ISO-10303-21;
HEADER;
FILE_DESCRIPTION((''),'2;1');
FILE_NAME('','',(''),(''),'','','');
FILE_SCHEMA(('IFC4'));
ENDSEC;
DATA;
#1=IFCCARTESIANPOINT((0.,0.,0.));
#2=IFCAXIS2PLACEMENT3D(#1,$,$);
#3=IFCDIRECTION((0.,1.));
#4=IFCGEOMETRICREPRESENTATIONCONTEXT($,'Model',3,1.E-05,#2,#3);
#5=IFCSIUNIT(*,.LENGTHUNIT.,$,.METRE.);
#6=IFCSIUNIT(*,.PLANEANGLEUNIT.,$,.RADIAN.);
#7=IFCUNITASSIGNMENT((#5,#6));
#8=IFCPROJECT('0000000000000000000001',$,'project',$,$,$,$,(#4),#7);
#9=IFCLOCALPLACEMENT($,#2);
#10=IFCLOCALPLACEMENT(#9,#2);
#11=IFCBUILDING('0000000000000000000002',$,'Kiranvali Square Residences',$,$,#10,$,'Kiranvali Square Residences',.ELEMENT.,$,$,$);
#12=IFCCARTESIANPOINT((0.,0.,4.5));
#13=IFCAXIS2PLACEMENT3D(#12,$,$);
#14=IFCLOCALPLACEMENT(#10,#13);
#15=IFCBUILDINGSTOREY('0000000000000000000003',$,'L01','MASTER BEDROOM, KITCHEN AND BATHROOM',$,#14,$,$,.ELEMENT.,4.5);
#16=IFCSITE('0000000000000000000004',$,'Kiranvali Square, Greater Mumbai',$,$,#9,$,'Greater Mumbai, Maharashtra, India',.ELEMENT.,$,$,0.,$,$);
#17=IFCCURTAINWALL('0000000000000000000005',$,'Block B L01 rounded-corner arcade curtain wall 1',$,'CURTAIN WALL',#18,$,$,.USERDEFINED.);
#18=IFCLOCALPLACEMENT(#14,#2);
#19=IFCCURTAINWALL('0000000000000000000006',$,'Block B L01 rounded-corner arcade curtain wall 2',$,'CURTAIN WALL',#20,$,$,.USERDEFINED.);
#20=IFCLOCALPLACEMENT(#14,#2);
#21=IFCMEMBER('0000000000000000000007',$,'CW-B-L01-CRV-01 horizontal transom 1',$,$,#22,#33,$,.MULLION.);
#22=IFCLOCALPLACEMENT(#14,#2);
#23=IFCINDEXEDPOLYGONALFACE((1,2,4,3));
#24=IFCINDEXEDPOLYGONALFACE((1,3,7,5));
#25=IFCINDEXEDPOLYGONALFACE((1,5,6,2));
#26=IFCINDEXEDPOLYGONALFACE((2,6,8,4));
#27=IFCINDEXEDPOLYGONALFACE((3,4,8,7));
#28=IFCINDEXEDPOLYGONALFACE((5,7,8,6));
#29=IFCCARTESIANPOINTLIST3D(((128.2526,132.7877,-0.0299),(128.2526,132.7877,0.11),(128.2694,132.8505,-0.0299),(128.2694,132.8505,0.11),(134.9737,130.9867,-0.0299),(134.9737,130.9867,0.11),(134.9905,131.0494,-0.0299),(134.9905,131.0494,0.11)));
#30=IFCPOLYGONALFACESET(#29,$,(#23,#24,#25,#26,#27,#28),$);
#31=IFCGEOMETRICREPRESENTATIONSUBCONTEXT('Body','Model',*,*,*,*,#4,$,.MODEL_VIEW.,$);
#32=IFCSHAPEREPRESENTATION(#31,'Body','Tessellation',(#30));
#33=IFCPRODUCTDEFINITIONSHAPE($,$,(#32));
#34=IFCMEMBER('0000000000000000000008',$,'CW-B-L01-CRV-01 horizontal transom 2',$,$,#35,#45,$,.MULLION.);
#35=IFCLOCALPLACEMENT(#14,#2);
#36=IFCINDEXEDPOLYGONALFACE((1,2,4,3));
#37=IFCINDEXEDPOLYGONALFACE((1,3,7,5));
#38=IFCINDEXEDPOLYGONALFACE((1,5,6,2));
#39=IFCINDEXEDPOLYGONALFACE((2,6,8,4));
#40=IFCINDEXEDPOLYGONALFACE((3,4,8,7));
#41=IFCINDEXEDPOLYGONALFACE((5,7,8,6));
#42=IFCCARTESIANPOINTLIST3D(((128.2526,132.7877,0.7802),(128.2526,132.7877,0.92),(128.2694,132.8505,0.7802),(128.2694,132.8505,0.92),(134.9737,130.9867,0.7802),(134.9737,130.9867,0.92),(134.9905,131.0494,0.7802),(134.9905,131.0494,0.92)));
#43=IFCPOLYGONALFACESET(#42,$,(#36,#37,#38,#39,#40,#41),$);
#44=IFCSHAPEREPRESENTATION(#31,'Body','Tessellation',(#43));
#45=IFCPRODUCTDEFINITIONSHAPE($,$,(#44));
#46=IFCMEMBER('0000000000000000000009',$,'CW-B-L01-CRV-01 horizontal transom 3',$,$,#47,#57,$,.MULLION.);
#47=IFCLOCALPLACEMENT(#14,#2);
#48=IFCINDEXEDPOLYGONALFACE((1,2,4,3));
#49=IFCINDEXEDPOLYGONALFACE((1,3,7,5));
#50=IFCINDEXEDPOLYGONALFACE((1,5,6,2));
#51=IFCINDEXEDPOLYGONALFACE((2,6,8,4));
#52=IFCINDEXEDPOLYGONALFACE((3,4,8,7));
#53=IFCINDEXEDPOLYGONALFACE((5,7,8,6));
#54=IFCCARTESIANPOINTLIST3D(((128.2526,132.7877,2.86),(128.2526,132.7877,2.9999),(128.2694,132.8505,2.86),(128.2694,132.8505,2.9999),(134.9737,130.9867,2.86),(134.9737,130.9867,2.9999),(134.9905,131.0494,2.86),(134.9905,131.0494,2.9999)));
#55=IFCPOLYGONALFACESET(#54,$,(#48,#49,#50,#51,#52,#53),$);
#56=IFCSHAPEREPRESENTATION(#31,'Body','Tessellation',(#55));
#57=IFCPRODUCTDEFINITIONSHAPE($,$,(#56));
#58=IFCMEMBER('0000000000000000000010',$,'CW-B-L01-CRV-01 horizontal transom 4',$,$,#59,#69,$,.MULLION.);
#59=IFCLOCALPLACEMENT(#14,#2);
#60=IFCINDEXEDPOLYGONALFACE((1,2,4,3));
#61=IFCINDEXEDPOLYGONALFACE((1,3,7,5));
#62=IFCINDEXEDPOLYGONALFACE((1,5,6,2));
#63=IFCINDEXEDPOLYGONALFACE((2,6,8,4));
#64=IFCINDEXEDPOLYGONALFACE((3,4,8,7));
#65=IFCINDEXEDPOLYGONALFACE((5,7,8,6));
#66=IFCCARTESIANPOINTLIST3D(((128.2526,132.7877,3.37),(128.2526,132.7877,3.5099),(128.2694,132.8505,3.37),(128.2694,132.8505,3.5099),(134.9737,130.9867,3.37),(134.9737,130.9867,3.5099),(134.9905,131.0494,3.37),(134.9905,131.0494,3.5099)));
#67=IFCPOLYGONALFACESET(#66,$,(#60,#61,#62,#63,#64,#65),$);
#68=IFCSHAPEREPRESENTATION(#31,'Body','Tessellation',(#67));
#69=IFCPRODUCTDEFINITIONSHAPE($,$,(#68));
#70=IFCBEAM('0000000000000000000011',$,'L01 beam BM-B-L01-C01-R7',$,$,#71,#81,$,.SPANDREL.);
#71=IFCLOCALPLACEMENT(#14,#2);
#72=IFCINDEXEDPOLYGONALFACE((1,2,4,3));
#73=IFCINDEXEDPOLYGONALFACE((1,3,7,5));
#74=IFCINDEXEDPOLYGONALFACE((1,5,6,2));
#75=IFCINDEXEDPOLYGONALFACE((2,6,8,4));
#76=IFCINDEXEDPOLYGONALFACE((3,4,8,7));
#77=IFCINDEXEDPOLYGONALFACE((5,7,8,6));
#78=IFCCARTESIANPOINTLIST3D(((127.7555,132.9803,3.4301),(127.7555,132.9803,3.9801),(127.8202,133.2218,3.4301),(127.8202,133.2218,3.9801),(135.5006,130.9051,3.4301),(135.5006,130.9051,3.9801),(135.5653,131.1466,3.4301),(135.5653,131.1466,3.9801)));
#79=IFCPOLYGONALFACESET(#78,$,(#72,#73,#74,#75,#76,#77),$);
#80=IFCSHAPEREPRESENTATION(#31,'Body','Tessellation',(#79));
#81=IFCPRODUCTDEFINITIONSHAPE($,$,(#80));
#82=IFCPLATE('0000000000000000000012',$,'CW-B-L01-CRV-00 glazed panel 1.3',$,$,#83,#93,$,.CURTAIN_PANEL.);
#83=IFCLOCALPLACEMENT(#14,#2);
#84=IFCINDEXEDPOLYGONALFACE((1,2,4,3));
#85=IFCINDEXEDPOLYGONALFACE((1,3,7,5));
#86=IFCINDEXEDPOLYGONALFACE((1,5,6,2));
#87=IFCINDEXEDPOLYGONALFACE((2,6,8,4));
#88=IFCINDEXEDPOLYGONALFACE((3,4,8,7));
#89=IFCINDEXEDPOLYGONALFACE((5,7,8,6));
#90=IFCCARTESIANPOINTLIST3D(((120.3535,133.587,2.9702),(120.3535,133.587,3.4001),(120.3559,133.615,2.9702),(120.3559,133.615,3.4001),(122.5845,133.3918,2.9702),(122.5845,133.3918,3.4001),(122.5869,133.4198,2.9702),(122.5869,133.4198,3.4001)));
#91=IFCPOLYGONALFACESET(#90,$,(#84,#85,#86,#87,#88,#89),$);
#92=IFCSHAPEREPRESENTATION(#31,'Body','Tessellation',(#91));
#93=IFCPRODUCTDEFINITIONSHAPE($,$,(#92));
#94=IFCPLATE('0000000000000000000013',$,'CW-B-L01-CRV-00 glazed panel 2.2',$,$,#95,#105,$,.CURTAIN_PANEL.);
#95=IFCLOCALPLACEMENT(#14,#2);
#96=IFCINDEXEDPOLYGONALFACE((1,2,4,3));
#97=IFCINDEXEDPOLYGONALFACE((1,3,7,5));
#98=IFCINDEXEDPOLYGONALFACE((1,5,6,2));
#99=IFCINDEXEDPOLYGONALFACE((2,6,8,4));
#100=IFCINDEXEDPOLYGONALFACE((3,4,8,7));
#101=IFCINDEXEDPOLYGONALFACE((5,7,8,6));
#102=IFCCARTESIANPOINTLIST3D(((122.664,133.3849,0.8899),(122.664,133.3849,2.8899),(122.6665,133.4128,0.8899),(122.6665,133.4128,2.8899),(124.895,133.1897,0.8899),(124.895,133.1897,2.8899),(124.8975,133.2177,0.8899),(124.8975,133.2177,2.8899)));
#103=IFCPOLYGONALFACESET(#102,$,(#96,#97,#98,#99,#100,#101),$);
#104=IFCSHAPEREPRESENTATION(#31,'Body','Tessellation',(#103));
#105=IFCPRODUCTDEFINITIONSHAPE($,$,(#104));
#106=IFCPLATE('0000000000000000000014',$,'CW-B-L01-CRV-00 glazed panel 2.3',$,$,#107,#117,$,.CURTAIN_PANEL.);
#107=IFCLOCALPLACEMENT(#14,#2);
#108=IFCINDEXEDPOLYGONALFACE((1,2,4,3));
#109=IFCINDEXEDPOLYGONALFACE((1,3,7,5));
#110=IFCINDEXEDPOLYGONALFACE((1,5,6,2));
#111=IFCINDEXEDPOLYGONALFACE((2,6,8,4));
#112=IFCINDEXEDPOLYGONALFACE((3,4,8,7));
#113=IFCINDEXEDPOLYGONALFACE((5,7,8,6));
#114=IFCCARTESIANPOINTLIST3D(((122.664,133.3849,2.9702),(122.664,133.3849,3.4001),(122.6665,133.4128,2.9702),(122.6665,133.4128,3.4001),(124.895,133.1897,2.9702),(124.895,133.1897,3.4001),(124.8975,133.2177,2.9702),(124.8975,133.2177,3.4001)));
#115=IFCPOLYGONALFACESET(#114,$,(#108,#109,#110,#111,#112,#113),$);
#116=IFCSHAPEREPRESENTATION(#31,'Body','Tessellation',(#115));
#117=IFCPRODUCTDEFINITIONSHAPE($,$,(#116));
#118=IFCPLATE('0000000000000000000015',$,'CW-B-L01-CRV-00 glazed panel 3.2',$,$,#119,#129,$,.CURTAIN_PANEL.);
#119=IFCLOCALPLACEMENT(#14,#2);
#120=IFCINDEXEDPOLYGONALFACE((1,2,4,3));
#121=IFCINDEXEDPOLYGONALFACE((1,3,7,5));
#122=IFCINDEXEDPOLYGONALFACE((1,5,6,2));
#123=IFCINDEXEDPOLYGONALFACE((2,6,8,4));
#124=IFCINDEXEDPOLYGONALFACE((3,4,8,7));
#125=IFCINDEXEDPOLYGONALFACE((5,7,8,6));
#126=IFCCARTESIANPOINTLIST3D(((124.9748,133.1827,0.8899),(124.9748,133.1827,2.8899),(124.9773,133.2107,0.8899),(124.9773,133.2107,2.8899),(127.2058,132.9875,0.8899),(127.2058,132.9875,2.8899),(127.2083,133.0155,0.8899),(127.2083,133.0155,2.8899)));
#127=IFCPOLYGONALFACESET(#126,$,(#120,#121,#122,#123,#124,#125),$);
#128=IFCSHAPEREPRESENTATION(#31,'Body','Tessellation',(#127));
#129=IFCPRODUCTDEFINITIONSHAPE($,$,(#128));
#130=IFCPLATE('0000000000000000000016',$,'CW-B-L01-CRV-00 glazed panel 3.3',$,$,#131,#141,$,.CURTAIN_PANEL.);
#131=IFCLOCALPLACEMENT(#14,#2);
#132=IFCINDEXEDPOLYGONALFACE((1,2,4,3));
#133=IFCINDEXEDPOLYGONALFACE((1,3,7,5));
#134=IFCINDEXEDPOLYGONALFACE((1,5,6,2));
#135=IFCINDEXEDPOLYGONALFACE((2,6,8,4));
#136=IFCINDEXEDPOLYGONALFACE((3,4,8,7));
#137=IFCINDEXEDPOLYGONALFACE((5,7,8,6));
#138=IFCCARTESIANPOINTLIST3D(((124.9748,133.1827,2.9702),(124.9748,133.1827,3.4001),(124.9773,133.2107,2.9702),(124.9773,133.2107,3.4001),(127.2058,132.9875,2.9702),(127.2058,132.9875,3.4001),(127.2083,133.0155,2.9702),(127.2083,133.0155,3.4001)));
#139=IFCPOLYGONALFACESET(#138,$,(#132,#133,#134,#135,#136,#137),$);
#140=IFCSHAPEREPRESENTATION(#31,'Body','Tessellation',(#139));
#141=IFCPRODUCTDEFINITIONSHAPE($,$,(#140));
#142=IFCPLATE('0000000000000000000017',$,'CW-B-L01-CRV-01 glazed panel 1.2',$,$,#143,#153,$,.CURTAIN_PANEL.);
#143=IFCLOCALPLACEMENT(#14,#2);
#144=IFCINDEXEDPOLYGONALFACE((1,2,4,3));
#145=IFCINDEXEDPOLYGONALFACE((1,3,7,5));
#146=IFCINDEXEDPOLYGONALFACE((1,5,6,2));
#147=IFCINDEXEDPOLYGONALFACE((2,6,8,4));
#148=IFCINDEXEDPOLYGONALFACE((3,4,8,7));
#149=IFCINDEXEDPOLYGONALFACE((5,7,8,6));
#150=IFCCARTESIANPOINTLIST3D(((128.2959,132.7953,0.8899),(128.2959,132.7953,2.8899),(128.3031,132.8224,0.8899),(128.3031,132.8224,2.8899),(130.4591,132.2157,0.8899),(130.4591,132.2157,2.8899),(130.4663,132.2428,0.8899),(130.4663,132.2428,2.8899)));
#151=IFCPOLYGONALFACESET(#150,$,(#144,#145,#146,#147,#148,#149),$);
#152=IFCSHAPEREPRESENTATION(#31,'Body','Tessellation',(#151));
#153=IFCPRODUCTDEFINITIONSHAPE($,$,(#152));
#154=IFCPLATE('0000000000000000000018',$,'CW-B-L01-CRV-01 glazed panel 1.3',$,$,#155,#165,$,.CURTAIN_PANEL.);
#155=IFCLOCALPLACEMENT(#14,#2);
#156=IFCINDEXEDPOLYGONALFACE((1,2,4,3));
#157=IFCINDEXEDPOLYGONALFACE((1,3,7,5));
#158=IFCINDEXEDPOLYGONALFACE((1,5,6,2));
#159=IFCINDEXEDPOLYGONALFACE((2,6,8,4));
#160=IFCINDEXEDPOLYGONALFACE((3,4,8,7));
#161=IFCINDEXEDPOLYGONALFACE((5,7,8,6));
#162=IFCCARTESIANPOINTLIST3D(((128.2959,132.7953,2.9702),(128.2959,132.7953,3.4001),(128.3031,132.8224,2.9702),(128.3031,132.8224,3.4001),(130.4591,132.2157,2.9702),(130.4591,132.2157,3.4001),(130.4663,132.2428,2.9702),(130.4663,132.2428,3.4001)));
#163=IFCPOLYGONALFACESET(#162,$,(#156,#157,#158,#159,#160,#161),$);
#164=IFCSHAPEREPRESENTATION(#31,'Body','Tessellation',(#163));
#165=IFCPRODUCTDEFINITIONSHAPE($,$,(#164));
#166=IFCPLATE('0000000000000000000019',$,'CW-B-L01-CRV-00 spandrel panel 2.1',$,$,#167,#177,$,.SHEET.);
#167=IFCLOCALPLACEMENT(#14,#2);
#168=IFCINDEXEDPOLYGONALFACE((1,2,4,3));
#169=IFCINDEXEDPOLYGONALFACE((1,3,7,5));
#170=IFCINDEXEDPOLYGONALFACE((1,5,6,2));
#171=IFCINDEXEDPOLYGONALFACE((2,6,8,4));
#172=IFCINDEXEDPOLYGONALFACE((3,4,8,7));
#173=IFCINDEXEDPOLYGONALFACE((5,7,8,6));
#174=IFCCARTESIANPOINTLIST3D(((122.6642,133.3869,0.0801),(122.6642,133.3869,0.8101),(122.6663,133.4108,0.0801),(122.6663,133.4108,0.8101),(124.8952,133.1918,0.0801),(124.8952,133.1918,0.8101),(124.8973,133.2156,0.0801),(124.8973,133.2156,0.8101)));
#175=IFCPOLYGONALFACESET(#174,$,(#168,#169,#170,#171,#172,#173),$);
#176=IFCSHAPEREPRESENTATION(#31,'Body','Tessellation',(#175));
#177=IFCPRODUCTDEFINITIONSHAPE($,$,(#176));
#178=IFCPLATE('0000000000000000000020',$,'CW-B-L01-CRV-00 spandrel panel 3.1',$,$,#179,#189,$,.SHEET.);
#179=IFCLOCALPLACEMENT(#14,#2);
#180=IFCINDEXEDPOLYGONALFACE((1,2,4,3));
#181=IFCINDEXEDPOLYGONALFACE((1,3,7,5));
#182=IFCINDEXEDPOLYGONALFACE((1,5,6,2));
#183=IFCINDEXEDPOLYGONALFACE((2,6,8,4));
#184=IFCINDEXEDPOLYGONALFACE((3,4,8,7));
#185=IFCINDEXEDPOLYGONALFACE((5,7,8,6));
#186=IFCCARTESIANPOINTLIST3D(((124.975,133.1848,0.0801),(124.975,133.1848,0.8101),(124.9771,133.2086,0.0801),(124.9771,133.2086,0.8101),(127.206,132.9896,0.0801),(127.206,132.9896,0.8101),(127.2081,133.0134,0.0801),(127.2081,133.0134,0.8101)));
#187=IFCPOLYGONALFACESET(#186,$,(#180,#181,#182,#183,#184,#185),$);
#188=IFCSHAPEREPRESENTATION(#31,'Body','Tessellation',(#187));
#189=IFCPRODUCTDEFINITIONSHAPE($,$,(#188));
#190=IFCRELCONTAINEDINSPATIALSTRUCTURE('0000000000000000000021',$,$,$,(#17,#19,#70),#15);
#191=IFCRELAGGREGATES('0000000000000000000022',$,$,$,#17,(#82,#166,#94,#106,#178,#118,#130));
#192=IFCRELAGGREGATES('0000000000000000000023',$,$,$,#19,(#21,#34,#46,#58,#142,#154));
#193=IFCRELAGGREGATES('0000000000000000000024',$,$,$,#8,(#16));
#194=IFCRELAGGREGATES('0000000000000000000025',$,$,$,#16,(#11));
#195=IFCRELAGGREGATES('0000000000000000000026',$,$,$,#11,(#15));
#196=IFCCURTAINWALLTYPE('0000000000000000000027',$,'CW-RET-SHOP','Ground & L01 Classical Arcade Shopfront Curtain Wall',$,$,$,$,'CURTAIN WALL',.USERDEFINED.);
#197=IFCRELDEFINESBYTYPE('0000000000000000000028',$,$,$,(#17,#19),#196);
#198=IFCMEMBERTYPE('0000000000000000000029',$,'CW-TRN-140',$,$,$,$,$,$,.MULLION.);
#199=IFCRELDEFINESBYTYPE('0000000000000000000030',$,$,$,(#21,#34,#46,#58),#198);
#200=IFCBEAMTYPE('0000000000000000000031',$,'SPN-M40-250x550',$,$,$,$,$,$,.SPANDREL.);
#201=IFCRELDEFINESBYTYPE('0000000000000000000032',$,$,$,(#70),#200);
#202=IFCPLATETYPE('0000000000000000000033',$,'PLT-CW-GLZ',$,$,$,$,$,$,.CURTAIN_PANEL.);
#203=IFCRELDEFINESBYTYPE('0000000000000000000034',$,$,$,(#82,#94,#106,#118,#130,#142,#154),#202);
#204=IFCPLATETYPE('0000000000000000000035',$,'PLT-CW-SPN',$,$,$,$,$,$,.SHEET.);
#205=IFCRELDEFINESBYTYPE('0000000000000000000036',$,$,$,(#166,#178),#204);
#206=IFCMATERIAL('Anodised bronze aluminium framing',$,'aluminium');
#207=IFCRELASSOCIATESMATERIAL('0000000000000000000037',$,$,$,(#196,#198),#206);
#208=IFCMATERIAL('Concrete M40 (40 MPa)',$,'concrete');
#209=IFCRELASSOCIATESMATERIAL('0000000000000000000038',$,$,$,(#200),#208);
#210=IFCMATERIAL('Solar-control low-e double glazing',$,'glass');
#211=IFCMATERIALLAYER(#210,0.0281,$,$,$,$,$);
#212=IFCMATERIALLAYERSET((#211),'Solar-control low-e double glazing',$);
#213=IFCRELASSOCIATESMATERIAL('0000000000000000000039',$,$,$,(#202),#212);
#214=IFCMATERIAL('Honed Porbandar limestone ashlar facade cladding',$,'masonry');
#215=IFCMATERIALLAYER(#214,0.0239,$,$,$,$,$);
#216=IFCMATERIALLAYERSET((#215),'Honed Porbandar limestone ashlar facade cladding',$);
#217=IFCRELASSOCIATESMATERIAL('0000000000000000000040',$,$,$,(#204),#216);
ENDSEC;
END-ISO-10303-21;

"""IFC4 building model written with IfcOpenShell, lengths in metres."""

from ifc_helpers import new_model, si_unit, direction, frame, origin, origin_2d, place, context, subcontext, project, spatial, rectangle, extrude, material, layer, layer_set, material_profile, profile_set, type_object, element, aggregate, save


model = new_model("IFC4")

# Units and contexts
model_context = context("Model", 3, precision=1e-05, world=origin(), true_north=direction((0.0, 1.0)))
body_context = subcontext(model_context, "Body", "Model", "MODEL_VIEW")
ifc_project = project(units=[si_unit("LENGTHUNIT", "METRE"), si_unit("PLANEANGLEUNIT", "RADIAN")], contexts=[model_context])

# Site, building, storey
site_placement = place(None, origin())
site = spatial("IfcSite", under=ifc_project, at=site_placement, Name="Kiranvali Square, Greater Mumbai", LongName="Greater Mumbai, Maharashtra, India", CompositionType="ELEMENT", RefElevation=0.0)
building_placement = place(site_placement, origin())
building = spatial("IfcBuilding", under=site, at=building_placement, Name="Kiranvali Square Residences", LongName="Kiranvali Square Residences", CompositionType="ELEMENT")
storey_placement = place(building_placement, frame((0.0, 0.0, 4.5)))
storey = spatial("IfcBuildingStorey", under=building, at=storey_placement, Name="L01", Description="MASTER BEDROOM, KITCHEN AND BATHROOM", CompositionType="ELEMENT", Elevation=4.5)

# Shared definitions
ifc_material_1 = material(Name="Concrete M40 (40 MPa)", Category="concrete")

# Curtain walls, members
ifc_material_2 = material(Name="Anodised bronze aluminium framing", Category="aluminium")
curtain_wall_type = type_object("IfcCurtainWallType", Name="CW-RET-SHOP", Description="Ground & L01 Classical Arcade Shopfront Curtain Wall", ElementType="CURTAIN WALL", PredefinedType="USERDEFINED", material=ifc_material_2)
curtain_wall_1_placement = place(storey_placement, origin())
curtain_wall_1 = element("IfcCurtainWall", 1, at=curtain_wall_1_placement, inside=storey, type_object=curtain_wall_type, Name="Block B L01 rounded-corner arcade curtain wall 1", ObjectType="CURTAIN WALL", PredefinedType="USERDEFINED")
curtain_wall_2_placement = place(storey_placement, origin())
curtain_wall_2 = element("IfcCurtainWall", 2, at=curtain_wall_2_placement, inside=storey, type_object=curtain_wall_type, Name="Block B L01 rounded-corner arcade curtain wall 2", ObjectType="CURTAIN WALL", PredefinedType="USERDEFINED")
ifc_material_profile_1 = material_profile(ifc_material_2, rectangle(XDim=0.0649, YDim=0.1399, at=origin_2d()), Name="ALU 65x140")
ifc_profile_set_1 = profile_set([ifc_material_profile_1], Name="Anodised bronze aluminium framing")
member_type_1 = type_object("IfcMemberType", Name="CW-TRN-140", PredefinedType="MULLION", material=ifc_profile_set_1)
member_1_placement = place(storey_placement, frame((128.261, 132.8191, 0.04), z_axis=(0.965923, -0.258831, 0.0), x_axis=(0.258831, 0.965923, 0.0)))
member_1 = element("IfcMember", 3, at=member_1_placement, type_object=member_type_1, Name="CW-B-L01-CRV-01 horizontal transom 1", PredefinedType="MULLION", context=body_context, shape_type="SweptSolid", body=[
    extrude(rectangle(XDim=0.0649, YDim=0.1399, at=origin_2d()), origin(), (0.0, 0.0, 1.0), 6.9583),
])
member_2_placement = place(storey_placement, frame((128.261, 132.8191, 0.8501), z_axis=(0.965923, -0.258831, 0.0), x_axis=(0.258831, 0.965923, 0.0)))
member_2 = element("IfcMember", 4, at=member_2_placement, type_object=member_type_1, Name="CW-B-L01-CRV-01 horizontal transom 2", PredefinedType="MULLION", context=body_context, shape_type="SweptSolid", body=[
    extrude(rectangle(XDim=0.0649, YDim=0.1399, at=origin_2d()), origin(), (0.0, 0.0, 1.0), 6.9583),
])
member_3_placement = place(storey_placement, frame((128.261, 132.8191, 2.9299), z_axis=(0.965923, -0.258831, 0.0), x_axis=(0.258831, 0.965923, 0.0)))
member_3 = element("IfcMember", 5, at=member_3_placement, type_object=member_type_1, Name="CW-B-L01-CRV-01 horizontal transom 3", PredefinedType="MULLION", context=body_context, shape_type="SweptSolid", body=[
    extrude(rectangle(XDim=0.0649, YDim=0.1399, at=origin_2d()), origin(), (0.0, 0.0, 1.0), 6.9583),
])
member_4_placement = place(storey_placement, frame((128.261, 132.8191, 3.4399), z_axis=(0.965923, -0.258831, 0.0), x_axis=(0.258831, 0.965923, 0.0)))
member_4 = element("IfcMember", 6, at=member_4_placement, type_object=member_type_1, Name="CW-B-L01-CRV-01 horizontal transom 4", PredefinedType="MULLION", context=body_context, shape_type="SweptSolid", body=[
    extrude(rectangle(XDim=0.0649, YDim=0.1399, at=origin_2d()), origin(), (0.0, 0.0, 1.0), 6.9583),
])

# Beam
ifc_material_profile_2 = material_profile(ifc_material_1, rectangle(XDim=0.25, YDim=0.55, at=origin_2d()), Name="RC 250x550")
ifc_profile_set_2 = profile_set([ifc_material_profile_2], Name="Concrete M40 (40 MPa)")
beam_type_1 = type_object("IfcBeamType", Name="SPN-M40-250x550", PredefinedType="SPANDREL", material=ifc_profile_set_2)
beam_1_placement = place(storey_placement, frame((127.7878, 133.1011, 3.7051), z_axis=(0.965929, -0.258807, 0.0), x_axis=(0.258807, 0.965929, 0.0)))
element("IfcBeam", 7, at=beam_1_placement, inside=storey, type_object=beam_type_1, Name="L01 beam BM-B-L01-C01-R7", PredefinedType="SPANDREL", context=body_context, shape_type="SweptSolid", body=[
    extrude(rectangle(XDim=0.25, YDim=0.55, at=origin_2d()), origin(), (0.0, 0.0, 1.0), 8.0183),
])

# Plates
ifc_material_3 = material(Name="Solar-control low-e double glazing", Category="glass")
ifc_layer_1 = layer(ifc_material_3, 0.0281)
ifc_layer_set_1 = layer_set([ifc_layer_1], Name="Solar-control low-e double glazing")
plate_type_1 = type_object("IfcPlateType", Name="PLT-CW-GLZ", PredefinedType="CURTAIN_PANEL", material=ifc_layer_set_1)
plate_1_placement = place(storey_placement, frame((121.4702, 133.5034, 2.9702), z_axis=(0.0, 0.0, 1.0), x_axis=(0.996195, -0.087156, 0.0)))
plate_1 = element("IfcPlate", 8, at=plate_1_placement, type_object=plate_type_1, Name="CW-B-L01-CRV-00 glazed panel 1.3", PredefinedType="CURTAIN_PANEL", context=body_context, shape_type="SweptSolid", body=[
    extrude(rectangle(XDim=2.2395, YDim=0.0281, at=origin_2d()), origin(), (0.0, 0.0, 1.0), 0.4299),
])
plate_2_placement = place(storey_placement, frame((123.7808, 133.3013, 0.8899), z_axis=(0.0, 0.0, 1.0), x_axis=(0.996195, -0.087156, 0.0)))
plate_2 = element("IfcPlate", 9, at=plate_2_placement, type_object=plate_type_1, Name="CW-B-L01-CRV-00 glazed panel 2.2", PredefinedType="CURTAIN_PANEL", context=body_context, shape_type="SweptSolid", body=[
    extrude(rectangle(XDim=2.2395, YDim=0.0281, at=origin_2d()), origin(), (0.0, 0.0, 1.0), 2.0),
])
plate_3_placement = place(storey_placement, frame((123.7808, 133.3013, 2.9702), z_axis=(0.0, 0.0, 1.0), x_axis=(0.996195, -0.087156, 0.0)))
plate_3 = element("IfcPlate", 10, at=plate_3_placement, type_object=plate_type_1, Name="CW-B-L01-CRV-00 glazed panel 2.3", PredefinedType="CURTAIN_PANEL", context=body_context, shape_type="SweptSolid", body=[
    extrude(rectangle(XDim=2.2395, YDim=0.0281, at=origin_2d()), origin(), (0.0, 0.0, 1.0), 0.4299),
])
plate_4_placement = place(storey_placement, frame((126.0916, 133.0991, 0.8899), z_axis=(0.0, 0.0, 1.0), x_axis=(0.996195, -0.087156, 0.0)))
plate_4 = element("IfcPlate", 11, at=plate_4_placement, type_object=plate_type_1, Name="CW-B-L01-CRV-00 glazed panel 3.2", PredefinedType="CURTAIN_PANEL", context=body_context, shape_type="SweptSolid", body=[
    extrude(rectangle(XDim=2.2395, YDim=0.0281, at=origin_2d()), origin(), (0.0, 0.0, 1.0), 2.0),
])
plate_5_placement = place(storey_placement, frame((126.0916, 133.0991, 2.9702), z_axis=(0.0, 0.0, 1.0), x_axis=(0.996195, -0.087156, 0.0)))
plate_5 = element("IfcPlate", 12, at=plate_5_placement, type_object=plate_type_1, Name="CW-B-L01-CRV-00 glazed panel 3.3", PredefinedType="CURTAIN_PANEL", context=body_context, shape_type="SweptSolid", body=[
    extrude(rectangle(XDim=2.2395, YDim=0.0281, at=origin_2d()), origin(), (0.0, 0.0, 1.0), 0.4299),
])
plate_6_placement = place(storey_placement, frame((129.3811, 132.519, 0.8899), z_axis=(0.0, 0.0, 1.0), x_axis=(0.965926, -0.258819, 0.0)))
plate_6 = element("IfcPlate", 13, at=plate_6_placement, type_object=plate_type_1, Name="CW-B-L01-CRV-01 glazed panel 1.2", PredefinedType="CURTAIN_PANEL", context=body_context, shape_type="SweptSolid", body=[
    extrude(rectangle(XDim=2.2395, YDim=0.0281, at=origin_2d()), origin(), (0.0, 0.0, 1.0), 2.0),
])
plate_7_placement = place(storey_placement, frame((129.3811, 132.519, 2.9702), z_axis=(0.0, 0.0, 1.0), x_axis=(0.965926, -0.258819, 0.0)))
plate_7 = element("IfcPlate", 14, at=plate_7_placement, type_object=plate_type_1, Name="CW-B-L01-CRV-01 glazed panel 1.3", PredefinedType="CURTAIN_PANEL", context=body_context, shape_type="SweptSolid", body=[
    extrude(rectangle(XDim=2.2395, YDim=0.0281, at=origin_2d()), origin(), (0.0, 0.0, 1.0), 0.4299),
])
ifc_material_4 = material(Name="Honed Porbandar limestone ashlar facade cladding", Category="masonry")
ifc_layer_2 = layer(ifc_material_4, 0.0239)
ifc_layer_set_2 = layer_set([ifc_layer_2], Name="Honed Porbandar limestone ashlar facade cladding")
plate_type_2 = type_object("IfcPlateType", Name="PLT-CW-SPN", PredefinedType="SHEET", material=ifc_layer_set_2)
plate_8_placement = place(storey_placement, frame((123.7808, 133.3013, 0.0801), z_axis=(0.0, 0.0, 1.0), x_axis=(0.996195, -0.087156, 0.0)))
plate_8 = element("IfcPlate", 15, at=plate_8_placement, type_object=plate_type_2, Name="CW-B-L01-CRV-00 spandrel panel 2.1", PredefinedType="SHEET", context=body_context, shape_type="SweptSolid", body=[
    extrude(rectangle(XDim=2.2395, YDim=0.0239, at=origin_2d()), origin(), (0.0, 0.0, 1.0), 0.73),
])
plate_9_placement = place(storey_placement, frame((126.0916, 133.0991, 0.0801), z_axis=(0.0, 0.0, 1.0), x_axis=(0.996195, -0.087156, 0.0)))
plate_9 = element("IfcPlate", 16, at=plate_9_placement, type_object=plate_type_2, Name="CW-B-L01-CRV-00 spandrel panel 3.1", PredefinedType="SHEET", context=body_context, shape_type="SweptSolid", body=[
    extrude(rectangle(XDim=2.2395, YDim=0.0239, at=origin_2d()), origin(), (0.0, 0.0, 1.0), 0.73),
])
aggregate(curtain_wall_1, [plate_1, plate_8, plate_2, plate_3, plate_9, plate_4, plate_5])
aggregate(curtain_wall_2, [member_1, member_2, member_3, member_4, plate_6, plate_7])

save(model, "model.ifc")
